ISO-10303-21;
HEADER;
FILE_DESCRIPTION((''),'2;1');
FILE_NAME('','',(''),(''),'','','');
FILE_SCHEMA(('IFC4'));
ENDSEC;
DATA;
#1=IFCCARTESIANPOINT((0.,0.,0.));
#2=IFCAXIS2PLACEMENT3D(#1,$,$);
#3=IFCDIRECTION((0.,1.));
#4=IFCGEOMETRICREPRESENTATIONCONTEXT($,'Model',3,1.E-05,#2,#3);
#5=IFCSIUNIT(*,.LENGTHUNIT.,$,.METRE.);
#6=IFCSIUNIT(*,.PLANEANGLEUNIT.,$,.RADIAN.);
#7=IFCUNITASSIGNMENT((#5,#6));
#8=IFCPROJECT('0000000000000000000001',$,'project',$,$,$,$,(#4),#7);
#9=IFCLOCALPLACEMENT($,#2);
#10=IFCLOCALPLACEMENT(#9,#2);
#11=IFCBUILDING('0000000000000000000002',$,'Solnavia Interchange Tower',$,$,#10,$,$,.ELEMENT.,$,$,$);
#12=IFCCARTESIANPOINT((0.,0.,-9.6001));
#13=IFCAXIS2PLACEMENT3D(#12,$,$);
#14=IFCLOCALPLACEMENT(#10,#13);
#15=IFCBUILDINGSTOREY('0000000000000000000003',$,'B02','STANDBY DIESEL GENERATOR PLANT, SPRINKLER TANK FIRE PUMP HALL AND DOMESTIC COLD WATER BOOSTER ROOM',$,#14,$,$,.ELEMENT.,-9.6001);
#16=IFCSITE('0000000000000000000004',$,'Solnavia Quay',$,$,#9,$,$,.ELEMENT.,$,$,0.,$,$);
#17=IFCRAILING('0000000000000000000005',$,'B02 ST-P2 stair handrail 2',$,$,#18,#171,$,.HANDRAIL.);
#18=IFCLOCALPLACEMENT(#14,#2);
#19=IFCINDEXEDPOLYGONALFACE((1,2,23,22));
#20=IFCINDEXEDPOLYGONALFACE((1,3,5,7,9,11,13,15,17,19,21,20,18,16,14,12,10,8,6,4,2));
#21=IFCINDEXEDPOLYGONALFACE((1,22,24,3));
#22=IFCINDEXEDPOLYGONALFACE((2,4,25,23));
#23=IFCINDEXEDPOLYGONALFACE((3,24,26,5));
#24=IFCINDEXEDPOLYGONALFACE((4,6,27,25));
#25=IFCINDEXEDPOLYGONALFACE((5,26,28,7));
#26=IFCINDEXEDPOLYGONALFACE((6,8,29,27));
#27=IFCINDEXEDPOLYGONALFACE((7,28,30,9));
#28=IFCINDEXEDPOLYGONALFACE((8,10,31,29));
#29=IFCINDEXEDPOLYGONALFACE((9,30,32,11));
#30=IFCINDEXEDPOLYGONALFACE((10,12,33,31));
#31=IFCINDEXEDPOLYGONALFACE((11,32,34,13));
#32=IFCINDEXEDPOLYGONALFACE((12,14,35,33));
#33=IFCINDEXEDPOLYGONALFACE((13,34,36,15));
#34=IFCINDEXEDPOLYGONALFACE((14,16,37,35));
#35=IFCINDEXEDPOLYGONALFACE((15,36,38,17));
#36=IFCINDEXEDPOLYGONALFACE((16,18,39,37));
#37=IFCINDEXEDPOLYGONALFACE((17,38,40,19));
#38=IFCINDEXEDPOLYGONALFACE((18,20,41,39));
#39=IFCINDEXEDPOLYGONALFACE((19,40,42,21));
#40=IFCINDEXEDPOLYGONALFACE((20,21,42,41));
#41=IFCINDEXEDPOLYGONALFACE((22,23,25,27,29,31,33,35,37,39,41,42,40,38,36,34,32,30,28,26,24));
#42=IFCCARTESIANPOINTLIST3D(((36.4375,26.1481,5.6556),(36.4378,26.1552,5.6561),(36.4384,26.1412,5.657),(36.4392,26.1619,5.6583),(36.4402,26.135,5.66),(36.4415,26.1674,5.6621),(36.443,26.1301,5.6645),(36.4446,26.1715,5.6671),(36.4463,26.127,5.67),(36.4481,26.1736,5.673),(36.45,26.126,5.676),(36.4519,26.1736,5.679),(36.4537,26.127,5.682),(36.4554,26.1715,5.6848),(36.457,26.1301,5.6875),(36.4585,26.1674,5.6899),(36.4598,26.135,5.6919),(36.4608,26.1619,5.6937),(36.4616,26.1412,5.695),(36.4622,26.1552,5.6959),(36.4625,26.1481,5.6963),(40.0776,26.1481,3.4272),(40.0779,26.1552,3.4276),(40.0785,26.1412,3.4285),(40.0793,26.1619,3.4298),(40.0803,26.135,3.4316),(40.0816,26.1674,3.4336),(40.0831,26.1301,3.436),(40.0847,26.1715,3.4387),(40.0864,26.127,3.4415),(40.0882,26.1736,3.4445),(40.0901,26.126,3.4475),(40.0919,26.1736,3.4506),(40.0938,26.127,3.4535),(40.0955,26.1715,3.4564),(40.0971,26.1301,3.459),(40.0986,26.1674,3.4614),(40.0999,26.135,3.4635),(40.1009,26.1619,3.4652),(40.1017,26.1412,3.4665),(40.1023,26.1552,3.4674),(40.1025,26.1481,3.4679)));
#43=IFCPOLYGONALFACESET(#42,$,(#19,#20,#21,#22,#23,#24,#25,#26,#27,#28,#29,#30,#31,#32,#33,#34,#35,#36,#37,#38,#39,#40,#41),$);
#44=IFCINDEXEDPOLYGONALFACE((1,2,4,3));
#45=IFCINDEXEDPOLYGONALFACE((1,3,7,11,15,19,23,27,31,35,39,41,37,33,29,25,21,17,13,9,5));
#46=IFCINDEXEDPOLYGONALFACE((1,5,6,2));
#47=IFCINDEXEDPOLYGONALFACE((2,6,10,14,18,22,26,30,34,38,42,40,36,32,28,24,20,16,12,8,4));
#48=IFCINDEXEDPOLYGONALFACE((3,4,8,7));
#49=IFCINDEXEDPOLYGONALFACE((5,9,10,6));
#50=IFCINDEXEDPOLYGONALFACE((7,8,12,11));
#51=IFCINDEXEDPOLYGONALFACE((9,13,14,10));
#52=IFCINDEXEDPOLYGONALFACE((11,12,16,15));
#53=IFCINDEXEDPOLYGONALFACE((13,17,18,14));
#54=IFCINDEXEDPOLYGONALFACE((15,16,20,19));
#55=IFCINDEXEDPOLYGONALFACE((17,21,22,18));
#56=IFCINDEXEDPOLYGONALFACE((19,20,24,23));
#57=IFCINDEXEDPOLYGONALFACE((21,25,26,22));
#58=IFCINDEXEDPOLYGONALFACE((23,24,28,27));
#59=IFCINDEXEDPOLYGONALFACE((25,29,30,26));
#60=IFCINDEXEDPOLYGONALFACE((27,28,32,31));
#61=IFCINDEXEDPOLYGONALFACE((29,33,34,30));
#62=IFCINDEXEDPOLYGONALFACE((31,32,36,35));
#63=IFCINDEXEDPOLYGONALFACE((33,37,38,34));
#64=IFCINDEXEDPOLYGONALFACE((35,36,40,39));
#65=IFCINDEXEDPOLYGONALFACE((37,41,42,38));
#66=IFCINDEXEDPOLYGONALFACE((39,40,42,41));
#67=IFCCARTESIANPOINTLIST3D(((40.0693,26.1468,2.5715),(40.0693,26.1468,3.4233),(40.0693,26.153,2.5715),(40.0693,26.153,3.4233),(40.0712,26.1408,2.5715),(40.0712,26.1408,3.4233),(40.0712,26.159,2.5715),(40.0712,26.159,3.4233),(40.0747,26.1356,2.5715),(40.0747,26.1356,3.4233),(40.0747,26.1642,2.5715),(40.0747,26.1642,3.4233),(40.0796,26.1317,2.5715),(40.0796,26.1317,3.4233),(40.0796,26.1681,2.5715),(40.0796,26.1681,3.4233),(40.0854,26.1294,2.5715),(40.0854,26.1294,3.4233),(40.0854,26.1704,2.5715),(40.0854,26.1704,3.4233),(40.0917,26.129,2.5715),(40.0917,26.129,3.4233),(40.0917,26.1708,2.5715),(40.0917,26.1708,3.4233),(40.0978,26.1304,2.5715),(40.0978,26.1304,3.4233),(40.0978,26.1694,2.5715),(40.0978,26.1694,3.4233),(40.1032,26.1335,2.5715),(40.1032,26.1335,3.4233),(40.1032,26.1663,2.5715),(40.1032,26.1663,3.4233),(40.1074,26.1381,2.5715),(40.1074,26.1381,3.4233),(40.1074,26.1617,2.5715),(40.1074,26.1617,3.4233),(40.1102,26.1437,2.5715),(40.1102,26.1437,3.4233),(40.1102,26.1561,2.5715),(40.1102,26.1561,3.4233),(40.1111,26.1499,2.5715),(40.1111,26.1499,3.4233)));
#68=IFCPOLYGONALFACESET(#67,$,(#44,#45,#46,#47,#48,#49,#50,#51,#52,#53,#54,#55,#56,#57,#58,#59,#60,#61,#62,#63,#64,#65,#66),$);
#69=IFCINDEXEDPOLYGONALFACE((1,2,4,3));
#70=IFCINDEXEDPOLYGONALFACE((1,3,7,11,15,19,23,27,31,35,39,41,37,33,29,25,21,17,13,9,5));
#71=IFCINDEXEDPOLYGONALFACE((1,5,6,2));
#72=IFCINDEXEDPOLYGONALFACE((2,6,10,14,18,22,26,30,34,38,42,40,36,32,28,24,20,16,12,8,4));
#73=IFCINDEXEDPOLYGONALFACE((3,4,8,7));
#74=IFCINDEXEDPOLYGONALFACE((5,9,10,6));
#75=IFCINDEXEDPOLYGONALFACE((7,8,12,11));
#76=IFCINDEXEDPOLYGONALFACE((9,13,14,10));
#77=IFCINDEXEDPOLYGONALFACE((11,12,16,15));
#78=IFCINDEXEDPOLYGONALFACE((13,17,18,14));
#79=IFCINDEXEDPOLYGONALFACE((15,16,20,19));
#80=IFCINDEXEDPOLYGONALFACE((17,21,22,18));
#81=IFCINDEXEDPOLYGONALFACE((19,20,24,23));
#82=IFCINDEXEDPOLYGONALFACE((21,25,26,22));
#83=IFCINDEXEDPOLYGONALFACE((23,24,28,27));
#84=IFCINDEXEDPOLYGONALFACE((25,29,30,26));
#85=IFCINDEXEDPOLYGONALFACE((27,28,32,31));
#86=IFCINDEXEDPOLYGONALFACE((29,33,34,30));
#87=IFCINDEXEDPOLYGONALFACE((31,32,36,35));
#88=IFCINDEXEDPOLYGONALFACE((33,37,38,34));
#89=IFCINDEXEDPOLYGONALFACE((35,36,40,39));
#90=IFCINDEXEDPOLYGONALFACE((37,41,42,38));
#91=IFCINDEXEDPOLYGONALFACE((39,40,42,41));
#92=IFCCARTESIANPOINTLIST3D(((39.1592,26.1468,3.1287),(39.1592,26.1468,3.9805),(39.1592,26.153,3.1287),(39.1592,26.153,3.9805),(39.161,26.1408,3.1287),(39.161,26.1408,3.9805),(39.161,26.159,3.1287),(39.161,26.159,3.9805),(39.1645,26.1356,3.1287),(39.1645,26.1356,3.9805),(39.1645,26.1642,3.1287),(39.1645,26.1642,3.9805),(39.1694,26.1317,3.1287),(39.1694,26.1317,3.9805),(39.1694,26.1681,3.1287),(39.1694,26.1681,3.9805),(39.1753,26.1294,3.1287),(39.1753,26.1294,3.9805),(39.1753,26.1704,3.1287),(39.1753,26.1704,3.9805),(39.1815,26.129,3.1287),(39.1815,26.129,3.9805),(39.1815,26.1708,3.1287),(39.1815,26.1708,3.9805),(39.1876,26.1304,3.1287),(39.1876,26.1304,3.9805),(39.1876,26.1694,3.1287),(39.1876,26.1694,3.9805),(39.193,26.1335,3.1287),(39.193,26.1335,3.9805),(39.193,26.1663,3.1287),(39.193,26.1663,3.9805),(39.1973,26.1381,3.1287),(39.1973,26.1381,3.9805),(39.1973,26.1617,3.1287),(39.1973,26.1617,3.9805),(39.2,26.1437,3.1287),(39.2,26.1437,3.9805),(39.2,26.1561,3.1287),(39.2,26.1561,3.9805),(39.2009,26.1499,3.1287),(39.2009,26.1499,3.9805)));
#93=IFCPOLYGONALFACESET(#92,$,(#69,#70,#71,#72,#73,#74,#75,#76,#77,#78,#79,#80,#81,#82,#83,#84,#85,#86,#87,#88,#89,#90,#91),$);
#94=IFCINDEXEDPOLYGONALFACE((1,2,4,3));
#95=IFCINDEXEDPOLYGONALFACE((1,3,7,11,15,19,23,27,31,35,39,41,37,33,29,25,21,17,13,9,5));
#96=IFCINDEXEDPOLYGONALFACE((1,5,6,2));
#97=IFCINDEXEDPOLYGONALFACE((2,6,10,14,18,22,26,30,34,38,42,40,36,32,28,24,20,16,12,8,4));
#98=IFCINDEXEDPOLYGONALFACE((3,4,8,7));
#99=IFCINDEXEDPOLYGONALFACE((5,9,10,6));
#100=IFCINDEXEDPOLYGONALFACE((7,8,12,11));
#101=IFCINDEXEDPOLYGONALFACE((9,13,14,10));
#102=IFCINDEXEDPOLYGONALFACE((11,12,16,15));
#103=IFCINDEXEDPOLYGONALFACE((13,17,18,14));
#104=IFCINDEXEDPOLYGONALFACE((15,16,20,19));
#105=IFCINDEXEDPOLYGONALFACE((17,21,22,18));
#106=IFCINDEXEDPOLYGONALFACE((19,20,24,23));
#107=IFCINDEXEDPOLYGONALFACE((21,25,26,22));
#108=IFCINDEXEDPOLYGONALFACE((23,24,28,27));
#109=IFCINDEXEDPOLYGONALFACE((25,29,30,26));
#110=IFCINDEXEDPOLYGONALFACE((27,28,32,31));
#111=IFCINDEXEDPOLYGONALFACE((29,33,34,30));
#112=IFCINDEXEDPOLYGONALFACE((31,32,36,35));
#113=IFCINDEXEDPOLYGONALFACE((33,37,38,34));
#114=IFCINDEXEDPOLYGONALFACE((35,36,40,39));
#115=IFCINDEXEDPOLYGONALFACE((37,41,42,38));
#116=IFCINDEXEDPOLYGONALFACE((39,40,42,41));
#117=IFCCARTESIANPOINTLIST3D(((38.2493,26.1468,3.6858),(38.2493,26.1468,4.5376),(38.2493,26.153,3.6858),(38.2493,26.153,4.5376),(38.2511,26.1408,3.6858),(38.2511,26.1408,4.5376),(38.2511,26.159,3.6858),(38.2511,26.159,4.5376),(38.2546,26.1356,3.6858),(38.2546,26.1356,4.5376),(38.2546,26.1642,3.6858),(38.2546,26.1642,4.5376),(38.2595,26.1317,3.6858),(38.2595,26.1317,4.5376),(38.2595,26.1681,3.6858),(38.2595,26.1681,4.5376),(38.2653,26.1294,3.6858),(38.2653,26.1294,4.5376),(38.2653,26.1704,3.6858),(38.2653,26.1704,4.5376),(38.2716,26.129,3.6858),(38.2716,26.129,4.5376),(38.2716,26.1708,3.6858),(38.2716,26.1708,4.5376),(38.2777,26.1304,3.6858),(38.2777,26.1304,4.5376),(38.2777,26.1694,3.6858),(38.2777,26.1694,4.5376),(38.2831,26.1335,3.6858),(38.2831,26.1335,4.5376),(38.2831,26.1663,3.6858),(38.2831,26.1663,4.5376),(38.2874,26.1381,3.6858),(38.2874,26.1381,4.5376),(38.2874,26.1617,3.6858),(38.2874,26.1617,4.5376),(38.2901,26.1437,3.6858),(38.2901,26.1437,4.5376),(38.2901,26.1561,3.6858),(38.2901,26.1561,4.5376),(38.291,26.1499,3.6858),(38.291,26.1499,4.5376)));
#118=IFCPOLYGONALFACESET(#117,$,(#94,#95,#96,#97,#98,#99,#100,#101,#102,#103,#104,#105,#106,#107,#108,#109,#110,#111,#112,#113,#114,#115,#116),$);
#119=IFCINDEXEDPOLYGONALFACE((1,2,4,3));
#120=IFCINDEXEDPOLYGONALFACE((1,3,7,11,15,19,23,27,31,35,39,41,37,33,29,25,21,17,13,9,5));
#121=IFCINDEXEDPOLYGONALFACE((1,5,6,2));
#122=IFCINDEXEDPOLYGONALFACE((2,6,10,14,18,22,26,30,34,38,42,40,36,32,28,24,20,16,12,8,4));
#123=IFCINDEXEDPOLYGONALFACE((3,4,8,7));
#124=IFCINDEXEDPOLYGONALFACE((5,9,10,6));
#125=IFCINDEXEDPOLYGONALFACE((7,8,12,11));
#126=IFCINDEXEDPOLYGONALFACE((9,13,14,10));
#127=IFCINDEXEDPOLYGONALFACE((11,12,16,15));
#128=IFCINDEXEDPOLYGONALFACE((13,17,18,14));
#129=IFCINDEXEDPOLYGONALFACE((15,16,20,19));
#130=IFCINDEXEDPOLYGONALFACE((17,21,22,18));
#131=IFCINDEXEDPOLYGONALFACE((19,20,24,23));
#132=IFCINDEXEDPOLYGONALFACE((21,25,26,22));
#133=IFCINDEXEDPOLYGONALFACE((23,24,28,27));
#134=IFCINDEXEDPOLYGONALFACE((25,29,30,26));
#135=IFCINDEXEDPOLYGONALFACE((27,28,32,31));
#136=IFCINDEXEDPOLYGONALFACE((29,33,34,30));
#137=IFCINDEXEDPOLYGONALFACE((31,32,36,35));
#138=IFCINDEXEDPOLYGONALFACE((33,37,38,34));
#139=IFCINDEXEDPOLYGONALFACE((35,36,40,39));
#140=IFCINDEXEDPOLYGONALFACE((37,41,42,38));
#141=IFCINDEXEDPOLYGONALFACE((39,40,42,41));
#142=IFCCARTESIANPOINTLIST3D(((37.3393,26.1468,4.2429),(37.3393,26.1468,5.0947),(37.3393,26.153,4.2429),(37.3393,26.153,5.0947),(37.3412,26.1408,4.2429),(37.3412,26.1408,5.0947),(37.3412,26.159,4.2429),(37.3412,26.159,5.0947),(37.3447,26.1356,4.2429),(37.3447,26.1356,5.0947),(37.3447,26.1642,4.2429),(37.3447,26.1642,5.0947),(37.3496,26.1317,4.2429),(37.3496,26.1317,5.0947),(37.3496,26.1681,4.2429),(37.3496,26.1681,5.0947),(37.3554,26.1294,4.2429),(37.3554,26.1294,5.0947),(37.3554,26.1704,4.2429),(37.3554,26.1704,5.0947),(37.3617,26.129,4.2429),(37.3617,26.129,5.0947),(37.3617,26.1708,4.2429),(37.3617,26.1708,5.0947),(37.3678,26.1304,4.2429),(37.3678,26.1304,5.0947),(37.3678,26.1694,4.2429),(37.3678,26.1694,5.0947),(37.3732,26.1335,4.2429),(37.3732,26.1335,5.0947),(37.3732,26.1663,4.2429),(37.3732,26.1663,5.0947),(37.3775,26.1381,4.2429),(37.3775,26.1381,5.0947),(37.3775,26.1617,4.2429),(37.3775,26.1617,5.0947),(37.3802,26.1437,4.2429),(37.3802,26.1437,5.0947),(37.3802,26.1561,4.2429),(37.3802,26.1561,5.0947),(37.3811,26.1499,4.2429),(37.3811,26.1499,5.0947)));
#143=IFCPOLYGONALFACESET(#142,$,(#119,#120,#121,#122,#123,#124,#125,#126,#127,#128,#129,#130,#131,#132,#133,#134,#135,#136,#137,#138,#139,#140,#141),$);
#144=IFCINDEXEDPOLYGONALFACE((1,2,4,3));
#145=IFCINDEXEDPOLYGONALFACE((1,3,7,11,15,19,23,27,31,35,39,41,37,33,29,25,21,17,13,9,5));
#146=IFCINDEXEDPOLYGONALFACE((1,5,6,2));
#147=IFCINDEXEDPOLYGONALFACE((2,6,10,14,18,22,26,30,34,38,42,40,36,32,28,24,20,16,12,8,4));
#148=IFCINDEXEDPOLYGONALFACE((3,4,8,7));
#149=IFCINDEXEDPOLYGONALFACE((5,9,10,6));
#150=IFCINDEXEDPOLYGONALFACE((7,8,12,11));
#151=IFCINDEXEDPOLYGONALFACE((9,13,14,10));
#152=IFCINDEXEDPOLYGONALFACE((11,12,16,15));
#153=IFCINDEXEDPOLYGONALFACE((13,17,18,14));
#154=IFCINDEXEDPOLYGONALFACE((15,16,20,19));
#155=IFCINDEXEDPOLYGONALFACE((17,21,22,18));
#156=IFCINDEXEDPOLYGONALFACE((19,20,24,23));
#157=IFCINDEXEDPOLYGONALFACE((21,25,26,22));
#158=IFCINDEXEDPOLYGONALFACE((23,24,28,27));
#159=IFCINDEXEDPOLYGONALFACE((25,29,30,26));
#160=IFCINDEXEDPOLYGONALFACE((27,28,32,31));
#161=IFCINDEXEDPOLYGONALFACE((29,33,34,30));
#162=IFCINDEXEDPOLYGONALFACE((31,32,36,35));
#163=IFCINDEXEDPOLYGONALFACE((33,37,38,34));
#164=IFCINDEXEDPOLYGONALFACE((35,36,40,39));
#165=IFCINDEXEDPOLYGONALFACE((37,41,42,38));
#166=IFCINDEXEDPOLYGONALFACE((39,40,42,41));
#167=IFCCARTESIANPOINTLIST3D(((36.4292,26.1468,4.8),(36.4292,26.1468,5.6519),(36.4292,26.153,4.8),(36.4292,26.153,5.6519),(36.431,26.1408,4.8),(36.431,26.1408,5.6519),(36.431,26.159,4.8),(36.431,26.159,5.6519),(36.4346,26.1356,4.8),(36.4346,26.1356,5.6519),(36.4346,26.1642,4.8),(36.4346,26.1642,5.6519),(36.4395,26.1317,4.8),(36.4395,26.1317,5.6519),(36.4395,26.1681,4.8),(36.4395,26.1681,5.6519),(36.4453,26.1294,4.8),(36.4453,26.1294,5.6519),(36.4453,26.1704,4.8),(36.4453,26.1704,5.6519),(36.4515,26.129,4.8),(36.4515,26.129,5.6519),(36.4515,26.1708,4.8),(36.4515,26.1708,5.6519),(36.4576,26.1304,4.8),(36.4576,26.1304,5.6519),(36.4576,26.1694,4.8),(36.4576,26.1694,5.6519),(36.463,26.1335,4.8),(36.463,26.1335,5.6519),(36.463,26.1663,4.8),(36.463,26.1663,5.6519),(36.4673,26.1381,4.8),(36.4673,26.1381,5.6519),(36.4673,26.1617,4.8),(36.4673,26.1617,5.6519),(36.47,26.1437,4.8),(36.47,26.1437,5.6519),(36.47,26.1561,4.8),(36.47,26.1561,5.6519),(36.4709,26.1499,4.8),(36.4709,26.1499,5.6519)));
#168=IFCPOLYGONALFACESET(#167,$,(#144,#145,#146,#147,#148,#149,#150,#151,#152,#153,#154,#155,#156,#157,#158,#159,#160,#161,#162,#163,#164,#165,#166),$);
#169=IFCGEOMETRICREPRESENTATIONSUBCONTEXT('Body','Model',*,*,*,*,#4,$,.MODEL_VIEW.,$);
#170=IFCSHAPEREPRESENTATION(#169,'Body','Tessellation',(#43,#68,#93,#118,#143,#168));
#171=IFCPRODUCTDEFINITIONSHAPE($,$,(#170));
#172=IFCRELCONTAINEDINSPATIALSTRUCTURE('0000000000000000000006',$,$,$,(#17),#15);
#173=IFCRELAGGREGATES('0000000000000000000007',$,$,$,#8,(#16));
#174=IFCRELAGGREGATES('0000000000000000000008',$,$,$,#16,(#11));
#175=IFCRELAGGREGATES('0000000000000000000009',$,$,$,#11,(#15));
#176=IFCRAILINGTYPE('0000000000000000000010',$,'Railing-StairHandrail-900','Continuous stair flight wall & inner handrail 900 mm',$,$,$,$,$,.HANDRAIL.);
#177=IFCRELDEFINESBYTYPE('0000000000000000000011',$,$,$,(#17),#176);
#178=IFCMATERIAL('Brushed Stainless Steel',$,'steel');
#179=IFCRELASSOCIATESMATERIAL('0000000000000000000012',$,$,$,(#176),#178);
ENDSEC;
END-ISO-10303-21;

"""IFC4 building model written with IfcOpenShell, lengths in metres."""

from ifc_helpers import new_model, si_unit, direction, frame, origin, origin_2d, place, context, subcontext, project, spatial, circle, extrude, material, type_object, element, save


model = new_model("IFC4")

# Units and contexts
model_context = context("Model", 3, precision=1e-05, world=origin(), true_north=direction((0.0, 1.0)))
body_context = subcontext(model_context, "Body", "Model", "MODEL_VIEW")
ifc_project = project(units=[si_unit("LENGTHUNIT", "METRE"), si_unit("PLANEANGLEUNIT", "RADIAN")], contexts=[model_context])

# Site, building, storey
site_placement = place(None, origin())
site = spatial("IfcSite", under=ifc_project, at=site_placement, Name="Solnavia Quay", CompositionType="ELEMENT", RefElevation=0.0)
building_placement = place(site_placement, origin())
building = spatial("IfcBuilding", under=site, at=building_placement, Name="Solnavia Interchange Tower", CompositionType="ELEMENT")
storey_placement = place(building_placement, frame((0.0, 0.0, -9.6001)))
storey = spatial("IfcBuildingStorey", under=building, at=storey_placement, Name="B02", Description="STANDBY DIESEL GENERATOR PLANT, SPRINKLER TANK FIRE PUMP HALL AND DOMESTIC COLD WATER BOOSTER ROOM", CompositionType="ELEMENT", Elevation=-9.6001)

# Railing
ifc_material_1 = material(Name="Brushed Stainless Steel", Category="steel")
railing_type_1 = type_object("IfcRailingType", Name="Railing-StairHandrail-900", Description="Continuous stair flight wall & inner handrail 900 mm", PredefinedType="HANDRAIL", material=ifc_material_1)
railing_1_placement = place(storey_placement, frame((40.0901, 26.1499, 2.5715)))
element("IfcRailing", 1, at=railing_1_placement, inside=storey, type_object=railing_type_1, Name="B02 ST-P2 stair handrail 2", PredefinedType="HANDRAIL", context=body_context, shape_type="SweptSolid", body=[
    extrude(circle(Radius=0.0239, at=origin_2d()), frame((0.0, 0.0, 0.876), z_axis=(-0.852866, 0.0, 0.52213), x_axis=(0.0, -1.0, 0.0)), (0.0, 0.0, 1.0), 4.2681),
    extrude(circle(Radius=0.021, at=origin_2d()), origin(), (0.0, 0.0, 1.0), 0.8518),
    extrude(circle(Radius=0.021, at=origin_2d()), frame((-0.9102, 0.0, 0.5571)), (0.0, 0.0, 1.0), 0.8518),
    extrude(circle(Radius=0.021, at=origin_2d()), frame((-1.8201, 0.0, 1.1143)), (0.0, 0.0, 1.0), 0.8518),
    extrude(circle(Radius=0.021, at=origin_2d()), frame((-2.73, 0.0, 1.6714)), (0.0, 0.0, 1.0), 0.8518),
    extrude(circle(Radius=0.021, at=origin_2d()), frame((-3.6401, 0.0, 2.2285)), (0.0, 0.0, 1.0), 0.8518),
])

save(model, "model.ifc")
